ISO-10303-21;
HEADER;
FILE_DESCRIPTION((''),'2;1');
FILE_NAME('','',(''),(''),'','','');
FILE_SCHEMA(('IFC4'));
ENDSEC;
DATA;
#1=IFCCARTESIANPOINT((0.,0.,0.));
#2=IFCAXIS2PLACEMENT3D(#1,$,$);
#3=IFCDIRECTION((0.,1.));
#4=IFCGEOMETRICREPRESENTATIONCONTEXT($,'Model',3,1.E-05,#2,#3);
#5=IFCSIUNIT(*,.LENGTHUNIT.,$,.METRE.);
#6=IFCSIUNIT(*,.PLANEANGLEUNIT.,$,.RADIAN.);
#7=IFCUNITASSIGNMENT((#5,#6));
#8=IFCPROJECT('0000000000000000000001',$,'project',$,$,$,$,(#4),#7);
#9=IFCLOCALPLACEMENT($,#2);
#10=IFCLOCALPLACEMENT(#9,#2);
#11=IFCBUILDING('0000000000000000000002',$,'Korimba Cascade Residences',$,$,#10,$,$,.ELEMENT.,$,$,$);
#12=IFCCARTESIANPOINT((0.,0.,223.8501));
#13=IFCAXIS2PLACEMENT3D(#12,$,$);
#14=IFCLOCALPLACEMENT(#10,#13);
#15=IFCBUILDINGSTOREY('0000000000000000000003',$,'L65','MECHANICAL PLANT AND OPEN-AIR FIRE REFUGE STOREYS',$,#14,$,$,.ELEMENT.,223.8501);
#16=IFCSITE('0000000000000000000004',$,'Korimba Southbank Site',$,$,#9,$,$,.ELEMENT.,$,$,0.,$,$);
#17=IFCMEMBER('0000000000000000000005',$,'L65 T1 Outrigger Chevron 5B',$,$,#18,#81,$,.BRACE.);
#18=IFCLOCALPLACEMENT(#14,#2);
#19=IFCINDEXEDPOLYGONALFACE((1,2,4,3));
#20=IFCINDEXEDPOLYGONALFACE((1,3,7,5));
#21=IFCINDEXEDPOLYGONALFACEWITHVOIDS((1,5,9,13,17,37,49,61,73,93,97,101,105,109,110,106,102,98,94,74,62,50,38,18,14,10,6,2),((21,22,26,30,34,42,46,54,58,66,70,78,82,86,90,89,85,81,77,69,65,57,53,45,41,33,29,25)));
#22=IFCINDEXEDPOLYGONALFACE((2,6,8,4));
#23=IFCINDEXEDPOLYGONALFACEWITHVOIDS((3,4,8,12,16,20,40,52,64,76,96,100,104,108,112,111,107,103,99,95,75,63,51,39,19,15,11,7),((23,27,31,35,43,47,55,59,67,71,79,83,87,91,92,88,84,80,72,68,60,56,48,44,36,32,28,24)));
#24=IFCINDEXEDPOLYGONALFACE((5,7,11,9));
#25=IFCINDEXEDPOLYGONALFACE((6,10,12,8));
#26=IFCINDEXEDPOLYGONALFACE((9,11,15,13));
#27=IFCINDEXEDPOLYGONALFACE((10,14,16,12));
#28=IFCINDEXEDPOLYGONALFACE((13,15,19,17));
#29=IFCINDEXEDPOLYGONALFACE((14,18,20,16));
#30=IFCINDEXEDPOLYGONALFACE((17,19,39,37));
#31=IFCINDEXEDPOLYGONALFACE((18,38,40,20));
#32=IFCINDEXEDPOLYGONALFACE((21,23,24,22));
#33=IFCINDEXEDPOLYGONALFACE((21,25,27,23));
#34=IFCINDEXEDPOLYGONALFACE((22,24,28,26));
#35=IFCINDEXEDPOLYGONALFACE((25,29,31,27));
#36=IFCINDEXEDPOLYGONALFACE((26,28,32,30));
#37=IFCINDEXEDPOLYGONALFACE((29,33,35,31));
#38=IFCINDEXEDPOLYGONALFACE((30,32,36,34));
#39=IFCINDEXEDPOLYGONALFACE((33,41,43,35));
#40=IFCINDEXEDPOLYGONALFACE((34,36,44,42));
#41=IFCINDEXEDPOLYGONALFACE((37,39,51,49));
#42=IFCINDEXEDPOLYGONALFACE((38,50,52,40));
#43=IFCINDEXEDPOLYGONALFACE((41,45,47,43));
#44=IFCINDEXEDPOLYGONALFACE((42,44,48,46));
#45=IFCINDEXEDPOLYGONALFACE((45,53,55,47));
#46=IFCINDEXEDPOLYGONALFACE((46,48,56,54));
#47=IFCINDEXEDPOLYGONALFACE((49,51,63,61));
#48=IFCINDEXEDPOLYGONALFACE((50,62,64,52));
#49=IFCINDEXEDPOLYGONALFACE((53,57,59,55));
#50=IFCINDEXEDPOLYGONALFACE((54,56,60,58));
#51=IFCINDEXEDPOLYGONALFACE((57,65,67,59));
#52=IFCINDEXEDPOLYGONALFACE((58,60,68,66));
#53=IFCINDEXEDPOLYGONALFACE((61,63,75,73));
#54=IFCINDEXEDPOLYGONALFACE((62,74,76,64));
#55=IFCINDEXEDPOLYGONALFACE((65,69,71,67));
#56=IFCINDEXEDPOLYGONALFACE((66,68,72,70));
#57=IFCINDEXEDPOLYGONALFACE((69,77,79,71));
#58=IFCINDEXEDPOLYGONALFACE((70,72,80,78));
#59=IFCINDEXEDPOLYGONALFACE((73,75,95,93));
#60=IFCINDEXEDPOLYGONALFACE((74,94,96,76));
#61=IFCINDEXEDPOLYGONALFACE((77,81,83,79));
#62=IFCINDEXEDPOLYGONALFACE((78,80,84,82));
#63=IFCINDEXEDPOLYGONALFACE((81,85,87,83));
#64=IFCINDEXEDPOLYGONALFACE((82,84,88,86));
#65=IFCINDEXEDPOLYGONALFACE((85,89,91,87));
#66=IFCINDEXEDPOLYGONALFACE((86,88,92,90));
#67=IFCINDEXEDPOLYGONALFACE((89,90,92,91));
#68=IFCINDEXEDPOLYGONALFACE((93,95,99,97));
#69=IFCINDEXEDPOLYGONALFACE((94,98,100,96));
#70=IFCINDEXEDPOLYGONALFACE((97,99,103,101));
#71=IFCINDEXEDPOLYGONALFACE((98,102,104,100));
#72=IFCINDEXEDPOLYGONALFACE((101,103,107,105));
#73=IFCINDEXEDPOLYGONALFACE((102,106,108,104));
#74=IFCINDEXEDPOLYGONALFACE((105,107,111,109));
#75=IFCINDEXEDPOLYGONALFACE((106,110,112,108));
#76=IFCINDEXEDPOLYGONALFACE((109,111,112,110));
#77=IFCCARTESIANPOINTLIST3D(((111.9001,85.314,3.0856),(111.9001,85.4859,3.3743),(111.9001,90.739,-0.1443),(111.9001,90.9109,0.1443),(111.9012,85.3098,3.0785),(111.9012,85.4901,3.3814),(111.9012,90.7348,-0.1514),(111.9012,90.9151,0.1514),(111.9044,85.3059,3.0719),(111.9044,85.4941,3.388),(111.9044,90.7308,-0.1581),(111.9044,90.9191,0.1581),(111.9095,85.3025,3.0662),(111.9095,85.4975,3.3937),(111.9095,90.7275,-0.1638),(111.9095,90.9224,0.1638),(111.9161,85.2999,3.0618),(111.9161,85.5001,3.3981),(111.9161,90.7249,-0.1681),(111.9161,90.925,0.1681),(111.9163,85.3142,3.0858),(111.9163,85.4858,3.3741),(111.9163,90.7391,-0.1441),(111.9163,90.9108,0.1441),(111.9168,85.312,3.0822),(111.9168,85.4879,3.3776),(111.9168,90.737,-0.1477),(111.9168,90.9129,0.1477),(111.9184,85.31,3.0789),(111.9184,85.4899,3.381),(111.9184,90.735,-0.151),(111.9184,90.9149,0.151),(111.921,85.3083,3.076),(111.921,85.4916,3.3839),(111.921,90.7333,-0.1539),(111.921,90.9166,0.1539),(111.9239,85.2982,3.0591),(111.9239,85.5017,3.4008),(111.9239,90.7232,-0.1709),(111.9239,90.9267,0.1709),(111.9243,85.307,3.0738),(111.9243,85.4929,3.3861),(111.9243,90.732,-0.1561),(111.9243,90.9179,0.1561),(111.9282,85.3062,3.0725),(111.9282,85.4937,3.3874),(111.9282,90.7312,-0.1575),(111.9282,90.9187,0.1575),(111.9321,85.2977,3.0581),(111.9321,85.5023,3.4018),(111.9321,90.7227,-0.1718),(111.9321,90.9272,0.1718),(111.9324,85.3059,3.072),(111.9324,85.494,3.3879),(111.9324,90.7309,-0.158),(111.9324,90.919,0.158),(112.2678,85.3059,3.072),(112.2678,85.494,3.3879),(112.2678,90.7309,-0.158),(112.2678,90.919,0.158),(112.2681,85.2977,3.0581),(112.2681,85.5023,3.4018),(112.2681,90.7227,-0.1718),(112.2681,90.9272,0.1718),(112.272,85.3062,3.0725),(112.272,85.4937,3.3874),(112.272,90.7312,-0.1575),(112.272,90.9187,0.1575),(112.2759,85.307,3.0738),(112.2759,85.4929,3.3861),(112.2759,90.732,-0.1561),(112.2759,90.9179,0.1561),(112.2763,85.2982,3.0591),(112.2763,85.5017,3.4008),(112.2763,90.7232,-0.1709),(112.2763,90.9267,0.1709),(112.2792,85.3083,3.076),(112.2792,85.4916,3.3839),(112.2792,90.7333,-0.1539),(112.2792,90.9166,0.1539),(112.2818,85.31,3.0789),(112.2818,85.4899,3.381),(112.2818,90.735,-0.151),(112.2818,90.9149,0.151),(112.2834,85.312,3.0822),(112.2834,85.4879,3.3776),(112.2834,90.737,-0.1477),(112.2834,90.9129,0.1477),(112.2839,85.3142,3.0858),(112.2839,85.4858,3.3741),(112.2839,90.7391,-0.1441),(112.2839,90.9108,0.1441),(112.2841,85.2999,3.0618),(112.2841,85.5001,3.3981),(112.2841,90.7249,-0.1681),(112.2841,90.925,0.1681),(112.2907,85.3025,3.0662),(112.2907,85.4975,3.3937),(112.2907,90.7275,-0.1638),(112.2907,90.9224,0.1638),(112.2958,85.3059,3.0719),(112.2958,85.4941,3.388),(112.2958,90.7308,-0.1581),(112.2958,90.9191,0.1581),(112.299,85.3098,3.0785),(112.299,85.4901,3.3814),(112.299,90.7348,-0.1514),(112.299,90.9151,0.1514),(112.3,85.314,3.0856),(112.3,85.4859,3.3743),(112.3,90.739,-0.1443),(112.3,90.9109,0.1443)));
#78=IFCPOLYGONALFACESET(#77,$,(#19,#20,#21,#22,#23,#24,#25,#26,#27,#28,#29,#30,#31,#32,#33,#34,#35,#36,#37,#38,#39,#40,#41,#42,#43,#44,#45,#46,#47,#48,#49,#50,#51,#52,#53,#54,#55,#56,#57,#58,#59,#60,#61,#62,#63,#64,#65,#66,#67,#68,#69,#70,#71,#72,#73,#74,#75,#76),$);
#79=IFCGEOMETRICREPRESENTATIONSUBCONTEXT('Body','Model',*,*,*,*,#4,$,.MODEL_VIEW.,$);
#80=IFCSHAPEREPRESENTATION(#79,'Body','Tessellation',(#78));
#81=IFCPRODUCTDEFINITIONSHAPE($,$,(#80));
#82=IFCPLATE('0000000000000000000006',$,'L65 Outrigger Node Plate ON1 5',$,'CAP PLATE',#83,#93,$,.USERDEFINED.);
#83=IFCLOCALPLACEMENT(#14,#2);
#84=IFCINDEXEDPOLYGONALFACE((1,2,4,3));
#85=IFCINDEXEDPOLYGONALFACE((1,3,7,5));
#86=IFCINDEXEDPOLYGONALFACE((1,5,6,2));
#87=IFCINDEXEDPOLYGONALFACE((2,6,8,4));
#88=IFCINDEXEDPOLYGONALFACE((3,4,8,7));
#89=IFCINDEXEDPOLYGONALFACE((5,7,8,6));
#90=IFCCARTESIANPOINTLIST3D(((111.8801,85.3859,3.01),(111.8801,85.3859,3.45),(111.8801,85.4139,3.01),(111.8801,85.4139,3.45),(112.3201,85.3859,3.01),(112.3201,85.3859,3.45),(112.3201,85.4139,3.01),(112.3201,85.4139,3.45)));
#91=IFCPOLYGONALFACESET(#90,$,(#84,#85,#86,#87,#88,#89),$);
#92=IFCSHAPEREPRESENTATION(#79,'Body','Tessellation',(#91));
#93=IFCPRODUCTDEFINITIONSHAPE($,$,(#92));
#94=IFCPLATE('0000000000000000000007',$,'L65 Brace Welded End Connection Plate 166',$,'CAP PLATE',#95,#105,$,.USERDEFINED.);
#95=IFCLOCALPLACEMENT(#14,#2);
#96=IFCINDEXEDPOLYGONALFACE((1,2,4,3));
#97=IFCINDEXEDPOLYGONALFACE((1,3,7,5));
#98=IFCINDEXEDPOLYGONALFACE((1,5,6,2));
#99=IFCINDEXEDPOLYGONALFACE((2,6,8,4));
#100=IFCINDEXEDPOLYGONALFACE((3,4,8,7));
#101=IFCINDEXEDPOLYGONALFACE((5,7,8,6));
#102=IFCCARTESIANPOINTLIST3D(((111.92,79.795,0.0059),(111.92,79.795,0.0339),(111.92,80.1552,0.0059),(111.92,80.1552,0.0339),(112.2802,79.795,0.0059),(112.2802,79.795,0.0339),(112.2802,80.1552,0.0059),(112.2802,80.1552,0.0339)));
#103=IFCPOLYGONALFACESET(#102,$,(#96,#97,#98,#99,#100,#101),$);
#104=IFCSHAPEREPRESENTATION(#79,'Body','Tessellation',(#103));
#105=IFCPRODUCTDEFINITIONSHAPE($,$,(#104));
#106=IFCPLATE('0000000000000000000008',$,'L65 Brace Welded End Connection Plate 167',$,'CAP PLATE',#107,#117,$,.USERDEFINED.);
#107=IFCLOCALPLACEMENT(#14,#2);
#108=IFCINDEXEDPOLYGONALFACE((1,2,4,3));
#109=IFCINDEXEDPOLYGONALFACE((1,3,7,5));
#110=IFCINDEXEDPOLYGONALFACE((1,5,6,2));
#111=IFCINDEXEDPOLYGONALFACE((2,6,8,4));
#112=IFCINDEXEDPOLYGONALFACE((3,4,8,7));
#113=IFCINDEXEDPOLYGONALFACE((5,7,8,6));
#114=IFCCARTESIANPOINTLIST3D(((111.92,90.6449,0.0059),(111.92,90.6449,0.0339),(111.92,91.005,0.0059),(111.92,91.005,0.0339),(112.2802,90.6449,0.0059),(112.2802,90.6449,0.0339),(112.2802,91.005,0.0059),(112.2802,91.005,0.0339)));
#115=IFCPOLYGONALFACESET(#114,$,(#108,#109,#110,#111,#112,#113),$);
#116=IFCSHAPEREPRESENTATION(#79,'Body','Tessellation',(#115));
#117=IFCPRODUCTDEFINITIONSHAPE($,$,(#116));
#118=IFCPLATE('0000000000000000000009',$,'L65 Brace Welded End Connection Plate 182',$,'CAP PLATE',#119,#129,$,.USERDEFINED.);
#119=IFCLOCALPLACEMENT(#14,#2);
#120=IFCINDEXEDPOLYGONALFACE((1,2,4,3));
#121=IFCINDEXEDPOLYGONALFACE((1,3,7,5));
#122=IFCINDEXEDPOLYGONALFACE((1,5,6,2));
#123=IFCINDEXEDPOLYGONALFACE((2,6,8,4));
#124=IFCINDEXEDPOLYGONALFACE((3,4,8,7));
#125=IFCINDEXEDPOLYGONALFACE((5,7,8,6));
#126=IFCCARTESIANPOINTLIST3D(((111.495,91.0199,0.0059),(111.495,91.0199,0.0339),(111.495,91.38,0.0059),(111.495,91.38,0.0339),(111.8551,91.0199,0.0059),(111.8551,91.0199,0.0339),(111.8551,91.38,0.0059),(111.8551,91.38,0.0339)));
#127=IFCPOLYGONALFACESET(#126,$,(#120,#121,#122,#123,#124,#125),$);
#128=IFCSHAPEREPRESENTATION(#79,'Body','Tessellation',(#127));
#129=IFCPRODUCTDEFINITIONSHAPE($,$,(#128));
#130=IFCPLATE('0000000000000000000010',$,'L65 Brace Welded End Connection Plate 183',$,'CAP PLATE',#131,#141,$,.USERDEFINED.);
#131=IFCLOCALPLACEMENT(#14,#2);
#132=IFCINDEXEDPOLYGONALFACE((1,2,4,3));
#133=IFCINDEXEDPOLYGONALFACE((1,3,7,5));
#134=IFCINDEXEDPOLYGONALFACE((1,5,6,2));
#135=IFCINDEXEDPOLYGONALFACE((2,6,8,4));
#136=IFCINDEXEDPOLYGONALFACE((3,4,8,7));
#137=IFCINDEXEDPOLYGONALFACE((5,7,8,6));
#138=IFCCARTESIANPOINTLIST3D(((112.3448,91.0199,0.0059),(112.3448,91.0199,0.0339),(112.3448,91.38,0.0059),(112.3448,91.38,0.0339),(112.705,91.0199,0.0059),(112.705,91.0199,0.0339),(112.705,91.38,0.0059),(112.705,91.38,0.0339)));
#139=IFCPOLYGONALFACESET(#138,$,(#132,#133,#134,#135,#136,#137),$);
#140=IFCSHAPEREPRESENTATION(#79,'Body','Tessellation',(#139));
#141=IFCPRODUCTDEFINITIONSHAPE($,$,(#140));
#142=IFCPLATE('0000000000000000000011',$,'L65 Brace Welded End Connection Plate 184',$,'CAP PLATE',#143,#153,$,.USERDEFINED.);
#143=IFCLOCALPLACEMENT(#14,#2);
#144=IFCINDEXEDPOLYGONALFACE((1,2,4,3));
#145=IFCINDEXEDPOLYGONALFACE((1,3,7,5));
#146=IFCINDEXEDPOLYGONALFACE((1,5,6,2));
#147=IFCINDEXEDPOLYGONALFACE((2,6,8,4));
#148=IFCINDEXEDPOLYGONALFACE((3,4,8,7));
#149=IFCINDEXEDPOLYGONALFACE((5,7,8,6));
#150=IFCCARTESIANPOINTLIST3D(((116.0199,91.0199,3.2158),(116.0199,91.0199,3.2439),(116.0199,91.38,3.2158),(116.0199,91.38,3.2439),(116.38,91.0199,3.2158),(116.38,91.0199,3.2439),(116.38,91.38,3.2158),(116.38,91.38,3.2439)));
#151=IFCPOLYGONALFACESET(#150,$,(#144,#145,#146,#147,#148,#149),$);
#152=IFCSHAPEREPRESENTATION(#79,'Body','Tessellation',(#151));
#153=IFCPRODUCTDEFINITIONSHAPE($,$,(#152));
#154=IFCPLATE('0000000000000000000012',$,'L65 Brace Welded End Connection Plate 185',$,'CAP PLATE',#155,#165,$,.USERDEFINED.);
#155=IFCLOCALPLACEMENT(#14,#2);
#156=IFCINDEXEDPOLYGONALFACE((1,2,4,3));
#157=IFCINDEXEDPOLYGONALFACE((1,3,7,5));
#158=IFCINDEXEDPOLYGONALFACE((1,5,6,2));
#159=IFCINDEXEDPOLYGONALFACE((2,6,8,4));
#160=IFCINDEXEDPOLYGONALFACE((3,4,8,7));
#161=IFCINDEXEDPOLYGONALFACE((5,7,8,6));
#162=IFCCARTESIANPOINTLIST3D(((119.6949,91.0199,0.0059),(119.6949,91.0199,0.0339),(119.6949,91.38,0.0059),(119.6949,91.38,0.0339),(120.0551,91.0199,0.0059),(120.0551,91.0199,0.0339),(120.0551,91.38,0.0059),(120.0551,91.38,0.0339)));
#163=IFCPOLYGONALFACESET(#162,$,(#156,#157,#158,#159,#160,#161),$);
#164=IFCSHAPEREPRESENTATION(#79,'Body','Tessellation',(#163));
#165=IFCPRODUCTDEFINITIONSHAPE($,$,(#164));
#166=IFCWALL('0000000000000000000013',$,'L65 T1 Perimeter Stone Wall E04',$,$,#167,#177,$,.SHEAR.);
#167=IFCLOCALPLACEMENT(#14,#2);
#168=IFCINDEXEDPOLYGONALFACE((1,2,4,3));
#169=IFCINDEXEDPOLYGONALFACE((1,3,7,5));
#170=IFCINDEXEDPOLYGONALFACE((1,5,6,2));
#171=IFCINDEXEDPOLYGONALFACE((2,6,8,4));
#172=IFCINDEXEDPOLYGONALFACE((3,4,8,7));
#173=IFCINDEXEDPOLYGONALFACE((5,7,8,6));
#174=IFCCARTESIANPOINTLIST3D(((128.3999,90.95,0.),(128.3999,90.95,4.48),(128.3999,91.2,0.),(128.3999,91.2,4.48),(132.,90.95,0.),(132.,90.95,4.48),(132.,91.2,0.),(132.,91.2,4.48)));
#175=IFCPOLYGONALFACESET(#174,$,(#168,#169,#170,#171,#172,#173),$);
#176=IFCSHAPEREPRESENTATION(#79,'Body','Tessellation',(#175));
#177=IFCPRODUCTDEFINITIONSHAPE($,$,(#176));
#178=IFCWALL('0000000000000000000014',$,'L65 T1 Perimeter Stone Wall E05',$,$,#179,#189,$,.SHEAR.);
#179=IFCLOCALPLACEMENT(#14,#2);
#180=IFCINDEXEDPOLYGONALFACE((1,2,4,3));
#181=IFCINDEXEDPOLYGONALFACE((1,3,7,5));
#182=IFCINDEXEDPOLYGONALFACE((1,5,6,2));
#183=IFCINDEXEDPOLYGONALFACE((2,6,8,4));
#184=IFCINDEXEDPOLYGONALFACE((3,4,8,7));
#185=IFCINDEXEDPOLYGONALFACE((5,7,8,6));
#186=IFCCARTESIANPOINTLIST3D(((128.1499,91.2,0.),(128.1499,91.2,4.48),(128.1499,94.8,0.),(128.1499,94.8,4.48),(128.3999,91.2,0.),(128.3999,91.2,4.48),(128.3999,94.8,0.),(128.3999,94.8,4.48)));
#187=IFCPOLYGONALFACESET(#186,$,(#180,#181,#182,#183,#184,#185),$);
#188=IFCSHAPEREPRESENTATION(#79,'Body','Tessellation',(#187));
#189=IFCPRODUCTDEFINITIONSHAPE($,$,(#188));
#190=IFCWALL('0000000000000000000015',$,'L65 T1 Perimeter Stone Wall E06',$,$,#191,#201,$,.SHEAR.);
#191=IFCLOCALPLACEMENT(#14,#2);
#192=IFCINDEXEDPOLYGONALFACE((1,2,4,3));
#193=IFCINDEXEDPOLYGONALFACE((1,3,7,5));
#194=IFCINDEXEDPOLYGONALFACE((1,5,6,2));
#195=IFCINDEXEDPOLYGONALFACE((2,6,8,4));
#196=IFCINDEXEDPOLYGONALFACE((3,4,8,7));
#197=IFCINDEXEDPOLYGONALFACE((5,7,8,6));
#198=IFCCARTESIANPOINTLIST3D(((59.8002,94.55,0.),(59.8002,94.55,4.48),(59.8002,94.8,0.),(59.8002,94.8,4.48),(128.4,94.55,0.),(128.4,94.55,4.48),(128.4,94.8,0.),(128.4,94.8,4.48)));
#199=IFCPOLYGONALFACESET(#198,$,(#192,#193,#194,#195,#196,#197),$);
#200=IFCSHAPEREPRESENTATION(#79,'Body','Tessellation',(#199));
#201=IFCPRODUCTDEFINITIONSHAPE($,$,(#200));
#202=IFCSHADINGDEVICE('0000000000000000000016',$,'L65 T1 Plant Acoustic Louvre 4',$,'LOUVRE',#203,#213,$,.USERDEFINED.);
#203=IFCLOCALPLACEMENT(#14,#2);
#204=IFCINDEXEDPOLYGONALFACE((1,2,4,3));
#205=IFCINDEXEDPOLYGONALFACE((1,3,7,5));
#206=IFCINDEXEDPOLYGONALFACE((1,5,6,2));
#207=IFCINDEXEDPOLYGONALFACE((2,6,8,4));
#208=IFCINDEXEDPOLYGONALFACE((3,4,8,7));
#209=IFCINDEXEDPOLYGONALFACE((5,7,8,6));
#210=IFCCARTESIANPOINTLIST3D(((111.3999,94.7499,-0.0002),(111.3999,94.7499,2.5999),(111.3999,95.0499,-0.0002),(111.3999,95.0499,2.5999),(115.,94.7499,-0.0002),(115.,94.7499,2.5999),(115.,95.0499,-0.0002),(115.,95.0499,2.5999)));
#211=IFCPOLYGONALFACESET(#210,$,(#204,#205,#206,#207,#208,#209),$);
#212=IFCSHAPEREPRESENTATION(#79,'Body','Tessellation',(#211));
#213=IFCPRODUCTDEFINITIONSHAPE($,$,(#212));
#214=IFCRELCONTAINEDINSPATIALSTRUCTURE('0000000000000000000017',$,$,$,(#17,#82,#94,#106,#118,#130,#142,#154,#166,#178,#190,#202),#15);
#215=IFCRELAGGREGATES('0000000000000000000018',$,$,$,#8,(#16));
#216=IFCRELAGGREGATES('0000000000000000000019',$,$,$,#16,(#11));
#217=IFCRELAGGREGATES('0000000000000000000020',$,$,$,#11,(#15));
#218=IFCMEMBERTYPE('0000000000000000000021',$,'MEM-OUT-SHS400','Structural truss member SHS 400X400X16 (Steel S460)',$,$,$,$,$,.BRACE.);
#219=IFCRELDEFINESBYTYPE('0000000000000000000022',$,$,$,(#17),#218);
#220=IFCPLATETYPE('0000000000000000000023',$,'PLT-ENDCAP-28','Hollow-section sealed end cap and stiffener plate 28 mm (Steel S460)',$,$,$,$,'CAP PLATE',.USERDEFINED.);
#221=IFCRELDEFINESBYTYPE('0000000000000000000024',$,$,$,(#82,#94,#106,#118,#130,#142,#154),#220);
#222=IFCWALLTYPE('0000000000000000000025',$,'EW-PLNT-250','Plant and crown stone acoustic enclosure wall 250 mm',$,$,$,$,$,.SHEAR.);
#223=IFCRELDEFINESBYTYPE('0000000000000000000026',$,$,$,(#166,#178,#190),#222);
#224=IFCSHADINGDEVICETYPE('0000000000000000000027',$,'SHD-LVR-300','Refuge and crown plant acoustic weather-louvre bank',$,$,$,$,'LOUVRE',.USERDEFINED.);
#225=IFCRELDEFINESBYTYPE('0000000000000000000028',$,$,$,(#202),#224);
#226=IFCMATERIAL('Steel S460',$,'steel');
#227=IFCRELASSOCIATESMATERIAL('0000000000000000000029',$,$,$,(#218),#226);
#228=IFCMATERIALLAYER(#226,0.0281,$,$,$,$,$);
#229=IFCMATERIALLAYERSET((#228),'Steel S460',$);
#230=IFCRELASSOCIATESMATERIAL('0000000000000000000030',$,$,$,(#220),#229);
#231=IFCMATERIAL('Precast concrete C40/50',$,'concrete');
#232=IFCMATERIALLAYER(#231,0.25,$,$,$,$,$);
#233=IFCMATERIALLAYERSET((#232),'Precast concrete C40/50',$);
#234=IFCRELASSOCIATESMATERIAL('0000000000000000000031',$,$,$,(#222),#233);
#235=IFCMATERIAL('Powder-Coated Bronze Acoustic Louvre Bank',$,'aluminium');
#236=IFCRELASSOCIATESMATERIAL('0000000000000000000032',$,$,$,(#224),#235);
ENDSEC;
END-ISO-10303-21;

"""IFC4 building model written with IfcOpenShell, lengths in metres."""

from ifc_helpers import new_model, si_unit, direction, frame, frame_2d, origin, origin_2d, place, context, subcontext, project, spatial, rectangle, hollow_rectangle, extrude, material, layer, layer_set, material_profile, profile_set, type_object, element, save


model = new_model("IFC4")

# Units and contexts
model_context = context("Model", 3, precision=1e-05, world=origin(), true_north=direction((0.0, 1.0)))
body_context = subcontext(model_context, "Body", "Model", "MODEL_VIEW")
ifc_project = project(units=[si_unit("LENGTHUNIT", "METRE"), si_unit("PLANEANGLEUNIT", "RADIAN")], contexts=[model_context])

# Site, building, storey
site_placement = place(None, origin())
site = spatial("IfcSite", under=ifc_project, at=site_placement, Name="Korimba Southbank Site", CompositionType="ELEMENT", RefElevation=0.0)
building_placement = place(site_placement, origin())
building = spatial("IfcBuilding", under=site, at=building_placement, Name="Korimba Cascade Residences", CompositionType="ELEMENT")
storey_placement = place(building_placement, frame((0.0, 0.0, 223.8501)))
storey = spatial("IfcBuildingStorey", under=building, at=storey_placement, Name="L65", Description="MECHANICAL PLANT AND OPEN-AIR FIRE REFUGE STOREYS", CompositionType="ELEMENT", Elevation=223.8501)

# Member
ifc_material_1 = material(Name="Steel S460", Category="steel")
ifc_material_profile_1 = material_profile(ifc_material_1, hollow_rectangle(XDim=0.3999, YDim=0.3999, WallThickness=0.0161, InnerFilletRadius=0.0161, OuterFilletRadius=0.032, at=origin_2d()), Name="Steel S460")
ifc_profile_set_1 = profile_set([ifc_material_profile_1], Name="Steel S460")
member_type_1 = type_object("IfcMemberType", Name="MEM-OUT-SHS400", Description="Structural truss member SHS 400X400X16 (Steel S460)", PredefinedType="BRACE", material=ifc_profile_set_1)
member_1_placement = place(storey_placement, frame((112.1001, 90.825, 0.0), z_axis=(0.0, -0.859238, 0.511576), x_axis=(1.0, 0.0, 0.0)))
element("IfcMember", 1, at=member_1_placement, inside=storey, type_object=member_type_1, Name="L65 T1 Outrigger Chevron 5B", PredefinedType="BRACE", context=body_context, shape_type="SweptSolid", body=[
    extrude(hollow_rectangle(XDim=0.3999, YDim=0.3999, WallThickness=0.0161, InnerFilletRadius=0.0161, OuterFilletRadius=0.032, at=origin_2d()), origin(), (0.0, 0.0, 1.0), 6.3137),
])

# Plates
ifc_layer_1 = layer(ifc_material_1, 0.0281)
ifc_layer_set_1 = layer_set([ifc_layer_1], Name="Steel S460")
plate_type = type_object("IfcPlateType", Name="PLT-ENDCAP-28", Description="Hollow-section sealed end cap and stiffener plate 28 mm (Steel S460)", ElementType="CAP PLATE", PredefinedType="USERDEFINED", material=ifc_layer_set_1)
plate_placement = place(storey_placement, frame((112.1001, 85.3999, 3.01), z_axis=(0.0, 0.0, 1.0), x_axis=(1.0, 0.0, 0.0)))
element("IfcPlate", 2, at=plate_placement, inside=storey, type_object=plate_type, Name="L65 Outrigger Node Plate ON1 5", ObjectType="CAP PLATE", PredefinedType="USERDEFINED", context=body_context, shape_type="SweptSolid", body=[
    extrude(rectangle(XDim=0.4399, YDim=0.0281, at=origin_2d()), origin(), (0.0, 0.0, 1.0), 0.4399),
])
for number, where, z_axis, x_axis, name in (
    (3, (112.1001, 79.9751, 0.0059), (0.0, 0.0, 1.0), (1.0, 0.0, 0.0), "L65 Brace Welded End Connection Plate 166"),
    (4, (112.1001, 90.825, 0.0059), (0.0, 0.0, 1.0), (1.0, 0.0, 0.0), "L65 Brace Welded End Connection Plate 167"),
    (5, (111.675, 91.2, 0.0059), (0.0, 0.0, 1.0), (1.0, 0.0, 0.0), "L65 Brace Welded End Connection Plate 182"),
    (6, (112.5249, 91.2, 0.0059), (0.0, 0.0, 1.0), (1.0, 0.0, 0.0), "L65 Brace Welded End Connection Plate 183"),
    (7, (116.2, 91.2, 3.2158), (0.0, 0.0, 1.0), (1.0, 0.0, 0.0), "L65 Brace Welded End Connection Plate 184"),
    (8, (119.875, 91.2, 0.0059), (0.0, 0.0, 1.0), (1.0, 0.0, 0.0), "L65 Brace Welded End Connection Plate 185"),
):
    element("IfcPlate", number, at=place(storey_placement, frame(where, z_axis=z_axis, x_axis=x_axis)), inside=storey, type_object=plate_type, Name=name, ObjectType="CAP PLATE", PredefinedType="USERDEFINED", context=body_context, shape_type="SweptSolid", body=[
        extrude(rectangle(XDim=0.3601, YDim=0.3601, at=origin_2d()), origin(), (0.0, 0.0, 1.0), 0.0281),
    ])

# Walls
ifc_material_2 = material(Name="Precast concrete C40/50", Category="concrete")
ifc_layer_2 = layer(ifc_material_2, 0.25)
ifc_layer_set_2 = layer_set([ifc_layer_2], Name="Precast concrete C40/50")
wall_type = type_object("IfcWallType", Name="EW-PLNT-250", Description="Plant and crown stone acoustic enclosure wall 250 mm", PredefinedType="SHEAR", material=ifc_layer_set_2)
for number, where, z_axis, x_axis, name in (
    (9, (132.0, 91.075, 0.0), (0.0, 0.0, 1.0), (-1.0, 0.0, 0.0), "L65 T1 Perimeter Stone Wall E04"),
    (10, (128.2749, 91.2, 0.0), (0.0, 0.0, 1.0), (0.0, 1.0, 0.0), "L65 T1 Perimeter Stone Wall E05"),
):
    element("IfcWall", number, at=place(storey_placement, frame(where, z_axis=z_axis, x_axis=x_axis)), inside=storey, type_object=wall_type, Name=name, PredefinedType="SHEAR", context=body_context, shape_type="SweptSolid", body=[
        extrude(rectangle(XDim=3.6001, YDim=0.25, at=frame_2d((1.8, 0.0))), origin(), (0.0, 0.0, 1.0), 4.48),
    ])
wall_placement = place(storey_placement, frame((128.3999, 94.675, 0.0), z_axis=(0.0, 0.0, 1.0), x_axis=(-1.0, 0.0, 0.0)))
element("IfcWall", 11, at=wall_placement, inside=storey, type_object=wall_type, Name="L65 T1 Perimeter Stone Wall E06", PredefinedType="SHEAR", context=body_context, shape_type="SweptSolid", body=[
    extrude(rectangle(XDim=68.5999, YDim=0.25, at=frame_2d((34.2998, 0.0))), origin(), (0.0, 0.0, 1.0), 4.48),
])

# Shading device
ifc_material_3 = material(Name="Powder-Coated Bronze Acoustic Louvre Bank", Category="aluminium")
shading_device_type = type_object("IfcShadingDeviceType", Name="SHD-LVR-300", Description="Refuge and crown plant acoustic weather-louvre bank", ElementType="LOUVRE", PredefinedType="USERDEFINED", material=ifc_material_3)
shading_device_placement = place(storey_placement, frame((113.2, 94.8999, -0.0002), z_axis=(0.0, 0.0, 1.0), x_axis=(1.0, 0.0, 0.0)))
element("IfcShadingDevice", 12, at=shading_device_placement, inside=storey, type_object=shading_device_type, Name="L65 T1 Plant Acoustic Louvre 4", ObjectType="LOUVRE", PredefinedType="USERDEFINED", context=body_context, shape_type="SweptSolid", body=[
    extrude(rectangle(XDim=3.6001, YDim=0.3, at=origin_2d()), origin(), (0.0, 0.0, 1.0), 2.6001),
])

save(model, "model.ifc")
